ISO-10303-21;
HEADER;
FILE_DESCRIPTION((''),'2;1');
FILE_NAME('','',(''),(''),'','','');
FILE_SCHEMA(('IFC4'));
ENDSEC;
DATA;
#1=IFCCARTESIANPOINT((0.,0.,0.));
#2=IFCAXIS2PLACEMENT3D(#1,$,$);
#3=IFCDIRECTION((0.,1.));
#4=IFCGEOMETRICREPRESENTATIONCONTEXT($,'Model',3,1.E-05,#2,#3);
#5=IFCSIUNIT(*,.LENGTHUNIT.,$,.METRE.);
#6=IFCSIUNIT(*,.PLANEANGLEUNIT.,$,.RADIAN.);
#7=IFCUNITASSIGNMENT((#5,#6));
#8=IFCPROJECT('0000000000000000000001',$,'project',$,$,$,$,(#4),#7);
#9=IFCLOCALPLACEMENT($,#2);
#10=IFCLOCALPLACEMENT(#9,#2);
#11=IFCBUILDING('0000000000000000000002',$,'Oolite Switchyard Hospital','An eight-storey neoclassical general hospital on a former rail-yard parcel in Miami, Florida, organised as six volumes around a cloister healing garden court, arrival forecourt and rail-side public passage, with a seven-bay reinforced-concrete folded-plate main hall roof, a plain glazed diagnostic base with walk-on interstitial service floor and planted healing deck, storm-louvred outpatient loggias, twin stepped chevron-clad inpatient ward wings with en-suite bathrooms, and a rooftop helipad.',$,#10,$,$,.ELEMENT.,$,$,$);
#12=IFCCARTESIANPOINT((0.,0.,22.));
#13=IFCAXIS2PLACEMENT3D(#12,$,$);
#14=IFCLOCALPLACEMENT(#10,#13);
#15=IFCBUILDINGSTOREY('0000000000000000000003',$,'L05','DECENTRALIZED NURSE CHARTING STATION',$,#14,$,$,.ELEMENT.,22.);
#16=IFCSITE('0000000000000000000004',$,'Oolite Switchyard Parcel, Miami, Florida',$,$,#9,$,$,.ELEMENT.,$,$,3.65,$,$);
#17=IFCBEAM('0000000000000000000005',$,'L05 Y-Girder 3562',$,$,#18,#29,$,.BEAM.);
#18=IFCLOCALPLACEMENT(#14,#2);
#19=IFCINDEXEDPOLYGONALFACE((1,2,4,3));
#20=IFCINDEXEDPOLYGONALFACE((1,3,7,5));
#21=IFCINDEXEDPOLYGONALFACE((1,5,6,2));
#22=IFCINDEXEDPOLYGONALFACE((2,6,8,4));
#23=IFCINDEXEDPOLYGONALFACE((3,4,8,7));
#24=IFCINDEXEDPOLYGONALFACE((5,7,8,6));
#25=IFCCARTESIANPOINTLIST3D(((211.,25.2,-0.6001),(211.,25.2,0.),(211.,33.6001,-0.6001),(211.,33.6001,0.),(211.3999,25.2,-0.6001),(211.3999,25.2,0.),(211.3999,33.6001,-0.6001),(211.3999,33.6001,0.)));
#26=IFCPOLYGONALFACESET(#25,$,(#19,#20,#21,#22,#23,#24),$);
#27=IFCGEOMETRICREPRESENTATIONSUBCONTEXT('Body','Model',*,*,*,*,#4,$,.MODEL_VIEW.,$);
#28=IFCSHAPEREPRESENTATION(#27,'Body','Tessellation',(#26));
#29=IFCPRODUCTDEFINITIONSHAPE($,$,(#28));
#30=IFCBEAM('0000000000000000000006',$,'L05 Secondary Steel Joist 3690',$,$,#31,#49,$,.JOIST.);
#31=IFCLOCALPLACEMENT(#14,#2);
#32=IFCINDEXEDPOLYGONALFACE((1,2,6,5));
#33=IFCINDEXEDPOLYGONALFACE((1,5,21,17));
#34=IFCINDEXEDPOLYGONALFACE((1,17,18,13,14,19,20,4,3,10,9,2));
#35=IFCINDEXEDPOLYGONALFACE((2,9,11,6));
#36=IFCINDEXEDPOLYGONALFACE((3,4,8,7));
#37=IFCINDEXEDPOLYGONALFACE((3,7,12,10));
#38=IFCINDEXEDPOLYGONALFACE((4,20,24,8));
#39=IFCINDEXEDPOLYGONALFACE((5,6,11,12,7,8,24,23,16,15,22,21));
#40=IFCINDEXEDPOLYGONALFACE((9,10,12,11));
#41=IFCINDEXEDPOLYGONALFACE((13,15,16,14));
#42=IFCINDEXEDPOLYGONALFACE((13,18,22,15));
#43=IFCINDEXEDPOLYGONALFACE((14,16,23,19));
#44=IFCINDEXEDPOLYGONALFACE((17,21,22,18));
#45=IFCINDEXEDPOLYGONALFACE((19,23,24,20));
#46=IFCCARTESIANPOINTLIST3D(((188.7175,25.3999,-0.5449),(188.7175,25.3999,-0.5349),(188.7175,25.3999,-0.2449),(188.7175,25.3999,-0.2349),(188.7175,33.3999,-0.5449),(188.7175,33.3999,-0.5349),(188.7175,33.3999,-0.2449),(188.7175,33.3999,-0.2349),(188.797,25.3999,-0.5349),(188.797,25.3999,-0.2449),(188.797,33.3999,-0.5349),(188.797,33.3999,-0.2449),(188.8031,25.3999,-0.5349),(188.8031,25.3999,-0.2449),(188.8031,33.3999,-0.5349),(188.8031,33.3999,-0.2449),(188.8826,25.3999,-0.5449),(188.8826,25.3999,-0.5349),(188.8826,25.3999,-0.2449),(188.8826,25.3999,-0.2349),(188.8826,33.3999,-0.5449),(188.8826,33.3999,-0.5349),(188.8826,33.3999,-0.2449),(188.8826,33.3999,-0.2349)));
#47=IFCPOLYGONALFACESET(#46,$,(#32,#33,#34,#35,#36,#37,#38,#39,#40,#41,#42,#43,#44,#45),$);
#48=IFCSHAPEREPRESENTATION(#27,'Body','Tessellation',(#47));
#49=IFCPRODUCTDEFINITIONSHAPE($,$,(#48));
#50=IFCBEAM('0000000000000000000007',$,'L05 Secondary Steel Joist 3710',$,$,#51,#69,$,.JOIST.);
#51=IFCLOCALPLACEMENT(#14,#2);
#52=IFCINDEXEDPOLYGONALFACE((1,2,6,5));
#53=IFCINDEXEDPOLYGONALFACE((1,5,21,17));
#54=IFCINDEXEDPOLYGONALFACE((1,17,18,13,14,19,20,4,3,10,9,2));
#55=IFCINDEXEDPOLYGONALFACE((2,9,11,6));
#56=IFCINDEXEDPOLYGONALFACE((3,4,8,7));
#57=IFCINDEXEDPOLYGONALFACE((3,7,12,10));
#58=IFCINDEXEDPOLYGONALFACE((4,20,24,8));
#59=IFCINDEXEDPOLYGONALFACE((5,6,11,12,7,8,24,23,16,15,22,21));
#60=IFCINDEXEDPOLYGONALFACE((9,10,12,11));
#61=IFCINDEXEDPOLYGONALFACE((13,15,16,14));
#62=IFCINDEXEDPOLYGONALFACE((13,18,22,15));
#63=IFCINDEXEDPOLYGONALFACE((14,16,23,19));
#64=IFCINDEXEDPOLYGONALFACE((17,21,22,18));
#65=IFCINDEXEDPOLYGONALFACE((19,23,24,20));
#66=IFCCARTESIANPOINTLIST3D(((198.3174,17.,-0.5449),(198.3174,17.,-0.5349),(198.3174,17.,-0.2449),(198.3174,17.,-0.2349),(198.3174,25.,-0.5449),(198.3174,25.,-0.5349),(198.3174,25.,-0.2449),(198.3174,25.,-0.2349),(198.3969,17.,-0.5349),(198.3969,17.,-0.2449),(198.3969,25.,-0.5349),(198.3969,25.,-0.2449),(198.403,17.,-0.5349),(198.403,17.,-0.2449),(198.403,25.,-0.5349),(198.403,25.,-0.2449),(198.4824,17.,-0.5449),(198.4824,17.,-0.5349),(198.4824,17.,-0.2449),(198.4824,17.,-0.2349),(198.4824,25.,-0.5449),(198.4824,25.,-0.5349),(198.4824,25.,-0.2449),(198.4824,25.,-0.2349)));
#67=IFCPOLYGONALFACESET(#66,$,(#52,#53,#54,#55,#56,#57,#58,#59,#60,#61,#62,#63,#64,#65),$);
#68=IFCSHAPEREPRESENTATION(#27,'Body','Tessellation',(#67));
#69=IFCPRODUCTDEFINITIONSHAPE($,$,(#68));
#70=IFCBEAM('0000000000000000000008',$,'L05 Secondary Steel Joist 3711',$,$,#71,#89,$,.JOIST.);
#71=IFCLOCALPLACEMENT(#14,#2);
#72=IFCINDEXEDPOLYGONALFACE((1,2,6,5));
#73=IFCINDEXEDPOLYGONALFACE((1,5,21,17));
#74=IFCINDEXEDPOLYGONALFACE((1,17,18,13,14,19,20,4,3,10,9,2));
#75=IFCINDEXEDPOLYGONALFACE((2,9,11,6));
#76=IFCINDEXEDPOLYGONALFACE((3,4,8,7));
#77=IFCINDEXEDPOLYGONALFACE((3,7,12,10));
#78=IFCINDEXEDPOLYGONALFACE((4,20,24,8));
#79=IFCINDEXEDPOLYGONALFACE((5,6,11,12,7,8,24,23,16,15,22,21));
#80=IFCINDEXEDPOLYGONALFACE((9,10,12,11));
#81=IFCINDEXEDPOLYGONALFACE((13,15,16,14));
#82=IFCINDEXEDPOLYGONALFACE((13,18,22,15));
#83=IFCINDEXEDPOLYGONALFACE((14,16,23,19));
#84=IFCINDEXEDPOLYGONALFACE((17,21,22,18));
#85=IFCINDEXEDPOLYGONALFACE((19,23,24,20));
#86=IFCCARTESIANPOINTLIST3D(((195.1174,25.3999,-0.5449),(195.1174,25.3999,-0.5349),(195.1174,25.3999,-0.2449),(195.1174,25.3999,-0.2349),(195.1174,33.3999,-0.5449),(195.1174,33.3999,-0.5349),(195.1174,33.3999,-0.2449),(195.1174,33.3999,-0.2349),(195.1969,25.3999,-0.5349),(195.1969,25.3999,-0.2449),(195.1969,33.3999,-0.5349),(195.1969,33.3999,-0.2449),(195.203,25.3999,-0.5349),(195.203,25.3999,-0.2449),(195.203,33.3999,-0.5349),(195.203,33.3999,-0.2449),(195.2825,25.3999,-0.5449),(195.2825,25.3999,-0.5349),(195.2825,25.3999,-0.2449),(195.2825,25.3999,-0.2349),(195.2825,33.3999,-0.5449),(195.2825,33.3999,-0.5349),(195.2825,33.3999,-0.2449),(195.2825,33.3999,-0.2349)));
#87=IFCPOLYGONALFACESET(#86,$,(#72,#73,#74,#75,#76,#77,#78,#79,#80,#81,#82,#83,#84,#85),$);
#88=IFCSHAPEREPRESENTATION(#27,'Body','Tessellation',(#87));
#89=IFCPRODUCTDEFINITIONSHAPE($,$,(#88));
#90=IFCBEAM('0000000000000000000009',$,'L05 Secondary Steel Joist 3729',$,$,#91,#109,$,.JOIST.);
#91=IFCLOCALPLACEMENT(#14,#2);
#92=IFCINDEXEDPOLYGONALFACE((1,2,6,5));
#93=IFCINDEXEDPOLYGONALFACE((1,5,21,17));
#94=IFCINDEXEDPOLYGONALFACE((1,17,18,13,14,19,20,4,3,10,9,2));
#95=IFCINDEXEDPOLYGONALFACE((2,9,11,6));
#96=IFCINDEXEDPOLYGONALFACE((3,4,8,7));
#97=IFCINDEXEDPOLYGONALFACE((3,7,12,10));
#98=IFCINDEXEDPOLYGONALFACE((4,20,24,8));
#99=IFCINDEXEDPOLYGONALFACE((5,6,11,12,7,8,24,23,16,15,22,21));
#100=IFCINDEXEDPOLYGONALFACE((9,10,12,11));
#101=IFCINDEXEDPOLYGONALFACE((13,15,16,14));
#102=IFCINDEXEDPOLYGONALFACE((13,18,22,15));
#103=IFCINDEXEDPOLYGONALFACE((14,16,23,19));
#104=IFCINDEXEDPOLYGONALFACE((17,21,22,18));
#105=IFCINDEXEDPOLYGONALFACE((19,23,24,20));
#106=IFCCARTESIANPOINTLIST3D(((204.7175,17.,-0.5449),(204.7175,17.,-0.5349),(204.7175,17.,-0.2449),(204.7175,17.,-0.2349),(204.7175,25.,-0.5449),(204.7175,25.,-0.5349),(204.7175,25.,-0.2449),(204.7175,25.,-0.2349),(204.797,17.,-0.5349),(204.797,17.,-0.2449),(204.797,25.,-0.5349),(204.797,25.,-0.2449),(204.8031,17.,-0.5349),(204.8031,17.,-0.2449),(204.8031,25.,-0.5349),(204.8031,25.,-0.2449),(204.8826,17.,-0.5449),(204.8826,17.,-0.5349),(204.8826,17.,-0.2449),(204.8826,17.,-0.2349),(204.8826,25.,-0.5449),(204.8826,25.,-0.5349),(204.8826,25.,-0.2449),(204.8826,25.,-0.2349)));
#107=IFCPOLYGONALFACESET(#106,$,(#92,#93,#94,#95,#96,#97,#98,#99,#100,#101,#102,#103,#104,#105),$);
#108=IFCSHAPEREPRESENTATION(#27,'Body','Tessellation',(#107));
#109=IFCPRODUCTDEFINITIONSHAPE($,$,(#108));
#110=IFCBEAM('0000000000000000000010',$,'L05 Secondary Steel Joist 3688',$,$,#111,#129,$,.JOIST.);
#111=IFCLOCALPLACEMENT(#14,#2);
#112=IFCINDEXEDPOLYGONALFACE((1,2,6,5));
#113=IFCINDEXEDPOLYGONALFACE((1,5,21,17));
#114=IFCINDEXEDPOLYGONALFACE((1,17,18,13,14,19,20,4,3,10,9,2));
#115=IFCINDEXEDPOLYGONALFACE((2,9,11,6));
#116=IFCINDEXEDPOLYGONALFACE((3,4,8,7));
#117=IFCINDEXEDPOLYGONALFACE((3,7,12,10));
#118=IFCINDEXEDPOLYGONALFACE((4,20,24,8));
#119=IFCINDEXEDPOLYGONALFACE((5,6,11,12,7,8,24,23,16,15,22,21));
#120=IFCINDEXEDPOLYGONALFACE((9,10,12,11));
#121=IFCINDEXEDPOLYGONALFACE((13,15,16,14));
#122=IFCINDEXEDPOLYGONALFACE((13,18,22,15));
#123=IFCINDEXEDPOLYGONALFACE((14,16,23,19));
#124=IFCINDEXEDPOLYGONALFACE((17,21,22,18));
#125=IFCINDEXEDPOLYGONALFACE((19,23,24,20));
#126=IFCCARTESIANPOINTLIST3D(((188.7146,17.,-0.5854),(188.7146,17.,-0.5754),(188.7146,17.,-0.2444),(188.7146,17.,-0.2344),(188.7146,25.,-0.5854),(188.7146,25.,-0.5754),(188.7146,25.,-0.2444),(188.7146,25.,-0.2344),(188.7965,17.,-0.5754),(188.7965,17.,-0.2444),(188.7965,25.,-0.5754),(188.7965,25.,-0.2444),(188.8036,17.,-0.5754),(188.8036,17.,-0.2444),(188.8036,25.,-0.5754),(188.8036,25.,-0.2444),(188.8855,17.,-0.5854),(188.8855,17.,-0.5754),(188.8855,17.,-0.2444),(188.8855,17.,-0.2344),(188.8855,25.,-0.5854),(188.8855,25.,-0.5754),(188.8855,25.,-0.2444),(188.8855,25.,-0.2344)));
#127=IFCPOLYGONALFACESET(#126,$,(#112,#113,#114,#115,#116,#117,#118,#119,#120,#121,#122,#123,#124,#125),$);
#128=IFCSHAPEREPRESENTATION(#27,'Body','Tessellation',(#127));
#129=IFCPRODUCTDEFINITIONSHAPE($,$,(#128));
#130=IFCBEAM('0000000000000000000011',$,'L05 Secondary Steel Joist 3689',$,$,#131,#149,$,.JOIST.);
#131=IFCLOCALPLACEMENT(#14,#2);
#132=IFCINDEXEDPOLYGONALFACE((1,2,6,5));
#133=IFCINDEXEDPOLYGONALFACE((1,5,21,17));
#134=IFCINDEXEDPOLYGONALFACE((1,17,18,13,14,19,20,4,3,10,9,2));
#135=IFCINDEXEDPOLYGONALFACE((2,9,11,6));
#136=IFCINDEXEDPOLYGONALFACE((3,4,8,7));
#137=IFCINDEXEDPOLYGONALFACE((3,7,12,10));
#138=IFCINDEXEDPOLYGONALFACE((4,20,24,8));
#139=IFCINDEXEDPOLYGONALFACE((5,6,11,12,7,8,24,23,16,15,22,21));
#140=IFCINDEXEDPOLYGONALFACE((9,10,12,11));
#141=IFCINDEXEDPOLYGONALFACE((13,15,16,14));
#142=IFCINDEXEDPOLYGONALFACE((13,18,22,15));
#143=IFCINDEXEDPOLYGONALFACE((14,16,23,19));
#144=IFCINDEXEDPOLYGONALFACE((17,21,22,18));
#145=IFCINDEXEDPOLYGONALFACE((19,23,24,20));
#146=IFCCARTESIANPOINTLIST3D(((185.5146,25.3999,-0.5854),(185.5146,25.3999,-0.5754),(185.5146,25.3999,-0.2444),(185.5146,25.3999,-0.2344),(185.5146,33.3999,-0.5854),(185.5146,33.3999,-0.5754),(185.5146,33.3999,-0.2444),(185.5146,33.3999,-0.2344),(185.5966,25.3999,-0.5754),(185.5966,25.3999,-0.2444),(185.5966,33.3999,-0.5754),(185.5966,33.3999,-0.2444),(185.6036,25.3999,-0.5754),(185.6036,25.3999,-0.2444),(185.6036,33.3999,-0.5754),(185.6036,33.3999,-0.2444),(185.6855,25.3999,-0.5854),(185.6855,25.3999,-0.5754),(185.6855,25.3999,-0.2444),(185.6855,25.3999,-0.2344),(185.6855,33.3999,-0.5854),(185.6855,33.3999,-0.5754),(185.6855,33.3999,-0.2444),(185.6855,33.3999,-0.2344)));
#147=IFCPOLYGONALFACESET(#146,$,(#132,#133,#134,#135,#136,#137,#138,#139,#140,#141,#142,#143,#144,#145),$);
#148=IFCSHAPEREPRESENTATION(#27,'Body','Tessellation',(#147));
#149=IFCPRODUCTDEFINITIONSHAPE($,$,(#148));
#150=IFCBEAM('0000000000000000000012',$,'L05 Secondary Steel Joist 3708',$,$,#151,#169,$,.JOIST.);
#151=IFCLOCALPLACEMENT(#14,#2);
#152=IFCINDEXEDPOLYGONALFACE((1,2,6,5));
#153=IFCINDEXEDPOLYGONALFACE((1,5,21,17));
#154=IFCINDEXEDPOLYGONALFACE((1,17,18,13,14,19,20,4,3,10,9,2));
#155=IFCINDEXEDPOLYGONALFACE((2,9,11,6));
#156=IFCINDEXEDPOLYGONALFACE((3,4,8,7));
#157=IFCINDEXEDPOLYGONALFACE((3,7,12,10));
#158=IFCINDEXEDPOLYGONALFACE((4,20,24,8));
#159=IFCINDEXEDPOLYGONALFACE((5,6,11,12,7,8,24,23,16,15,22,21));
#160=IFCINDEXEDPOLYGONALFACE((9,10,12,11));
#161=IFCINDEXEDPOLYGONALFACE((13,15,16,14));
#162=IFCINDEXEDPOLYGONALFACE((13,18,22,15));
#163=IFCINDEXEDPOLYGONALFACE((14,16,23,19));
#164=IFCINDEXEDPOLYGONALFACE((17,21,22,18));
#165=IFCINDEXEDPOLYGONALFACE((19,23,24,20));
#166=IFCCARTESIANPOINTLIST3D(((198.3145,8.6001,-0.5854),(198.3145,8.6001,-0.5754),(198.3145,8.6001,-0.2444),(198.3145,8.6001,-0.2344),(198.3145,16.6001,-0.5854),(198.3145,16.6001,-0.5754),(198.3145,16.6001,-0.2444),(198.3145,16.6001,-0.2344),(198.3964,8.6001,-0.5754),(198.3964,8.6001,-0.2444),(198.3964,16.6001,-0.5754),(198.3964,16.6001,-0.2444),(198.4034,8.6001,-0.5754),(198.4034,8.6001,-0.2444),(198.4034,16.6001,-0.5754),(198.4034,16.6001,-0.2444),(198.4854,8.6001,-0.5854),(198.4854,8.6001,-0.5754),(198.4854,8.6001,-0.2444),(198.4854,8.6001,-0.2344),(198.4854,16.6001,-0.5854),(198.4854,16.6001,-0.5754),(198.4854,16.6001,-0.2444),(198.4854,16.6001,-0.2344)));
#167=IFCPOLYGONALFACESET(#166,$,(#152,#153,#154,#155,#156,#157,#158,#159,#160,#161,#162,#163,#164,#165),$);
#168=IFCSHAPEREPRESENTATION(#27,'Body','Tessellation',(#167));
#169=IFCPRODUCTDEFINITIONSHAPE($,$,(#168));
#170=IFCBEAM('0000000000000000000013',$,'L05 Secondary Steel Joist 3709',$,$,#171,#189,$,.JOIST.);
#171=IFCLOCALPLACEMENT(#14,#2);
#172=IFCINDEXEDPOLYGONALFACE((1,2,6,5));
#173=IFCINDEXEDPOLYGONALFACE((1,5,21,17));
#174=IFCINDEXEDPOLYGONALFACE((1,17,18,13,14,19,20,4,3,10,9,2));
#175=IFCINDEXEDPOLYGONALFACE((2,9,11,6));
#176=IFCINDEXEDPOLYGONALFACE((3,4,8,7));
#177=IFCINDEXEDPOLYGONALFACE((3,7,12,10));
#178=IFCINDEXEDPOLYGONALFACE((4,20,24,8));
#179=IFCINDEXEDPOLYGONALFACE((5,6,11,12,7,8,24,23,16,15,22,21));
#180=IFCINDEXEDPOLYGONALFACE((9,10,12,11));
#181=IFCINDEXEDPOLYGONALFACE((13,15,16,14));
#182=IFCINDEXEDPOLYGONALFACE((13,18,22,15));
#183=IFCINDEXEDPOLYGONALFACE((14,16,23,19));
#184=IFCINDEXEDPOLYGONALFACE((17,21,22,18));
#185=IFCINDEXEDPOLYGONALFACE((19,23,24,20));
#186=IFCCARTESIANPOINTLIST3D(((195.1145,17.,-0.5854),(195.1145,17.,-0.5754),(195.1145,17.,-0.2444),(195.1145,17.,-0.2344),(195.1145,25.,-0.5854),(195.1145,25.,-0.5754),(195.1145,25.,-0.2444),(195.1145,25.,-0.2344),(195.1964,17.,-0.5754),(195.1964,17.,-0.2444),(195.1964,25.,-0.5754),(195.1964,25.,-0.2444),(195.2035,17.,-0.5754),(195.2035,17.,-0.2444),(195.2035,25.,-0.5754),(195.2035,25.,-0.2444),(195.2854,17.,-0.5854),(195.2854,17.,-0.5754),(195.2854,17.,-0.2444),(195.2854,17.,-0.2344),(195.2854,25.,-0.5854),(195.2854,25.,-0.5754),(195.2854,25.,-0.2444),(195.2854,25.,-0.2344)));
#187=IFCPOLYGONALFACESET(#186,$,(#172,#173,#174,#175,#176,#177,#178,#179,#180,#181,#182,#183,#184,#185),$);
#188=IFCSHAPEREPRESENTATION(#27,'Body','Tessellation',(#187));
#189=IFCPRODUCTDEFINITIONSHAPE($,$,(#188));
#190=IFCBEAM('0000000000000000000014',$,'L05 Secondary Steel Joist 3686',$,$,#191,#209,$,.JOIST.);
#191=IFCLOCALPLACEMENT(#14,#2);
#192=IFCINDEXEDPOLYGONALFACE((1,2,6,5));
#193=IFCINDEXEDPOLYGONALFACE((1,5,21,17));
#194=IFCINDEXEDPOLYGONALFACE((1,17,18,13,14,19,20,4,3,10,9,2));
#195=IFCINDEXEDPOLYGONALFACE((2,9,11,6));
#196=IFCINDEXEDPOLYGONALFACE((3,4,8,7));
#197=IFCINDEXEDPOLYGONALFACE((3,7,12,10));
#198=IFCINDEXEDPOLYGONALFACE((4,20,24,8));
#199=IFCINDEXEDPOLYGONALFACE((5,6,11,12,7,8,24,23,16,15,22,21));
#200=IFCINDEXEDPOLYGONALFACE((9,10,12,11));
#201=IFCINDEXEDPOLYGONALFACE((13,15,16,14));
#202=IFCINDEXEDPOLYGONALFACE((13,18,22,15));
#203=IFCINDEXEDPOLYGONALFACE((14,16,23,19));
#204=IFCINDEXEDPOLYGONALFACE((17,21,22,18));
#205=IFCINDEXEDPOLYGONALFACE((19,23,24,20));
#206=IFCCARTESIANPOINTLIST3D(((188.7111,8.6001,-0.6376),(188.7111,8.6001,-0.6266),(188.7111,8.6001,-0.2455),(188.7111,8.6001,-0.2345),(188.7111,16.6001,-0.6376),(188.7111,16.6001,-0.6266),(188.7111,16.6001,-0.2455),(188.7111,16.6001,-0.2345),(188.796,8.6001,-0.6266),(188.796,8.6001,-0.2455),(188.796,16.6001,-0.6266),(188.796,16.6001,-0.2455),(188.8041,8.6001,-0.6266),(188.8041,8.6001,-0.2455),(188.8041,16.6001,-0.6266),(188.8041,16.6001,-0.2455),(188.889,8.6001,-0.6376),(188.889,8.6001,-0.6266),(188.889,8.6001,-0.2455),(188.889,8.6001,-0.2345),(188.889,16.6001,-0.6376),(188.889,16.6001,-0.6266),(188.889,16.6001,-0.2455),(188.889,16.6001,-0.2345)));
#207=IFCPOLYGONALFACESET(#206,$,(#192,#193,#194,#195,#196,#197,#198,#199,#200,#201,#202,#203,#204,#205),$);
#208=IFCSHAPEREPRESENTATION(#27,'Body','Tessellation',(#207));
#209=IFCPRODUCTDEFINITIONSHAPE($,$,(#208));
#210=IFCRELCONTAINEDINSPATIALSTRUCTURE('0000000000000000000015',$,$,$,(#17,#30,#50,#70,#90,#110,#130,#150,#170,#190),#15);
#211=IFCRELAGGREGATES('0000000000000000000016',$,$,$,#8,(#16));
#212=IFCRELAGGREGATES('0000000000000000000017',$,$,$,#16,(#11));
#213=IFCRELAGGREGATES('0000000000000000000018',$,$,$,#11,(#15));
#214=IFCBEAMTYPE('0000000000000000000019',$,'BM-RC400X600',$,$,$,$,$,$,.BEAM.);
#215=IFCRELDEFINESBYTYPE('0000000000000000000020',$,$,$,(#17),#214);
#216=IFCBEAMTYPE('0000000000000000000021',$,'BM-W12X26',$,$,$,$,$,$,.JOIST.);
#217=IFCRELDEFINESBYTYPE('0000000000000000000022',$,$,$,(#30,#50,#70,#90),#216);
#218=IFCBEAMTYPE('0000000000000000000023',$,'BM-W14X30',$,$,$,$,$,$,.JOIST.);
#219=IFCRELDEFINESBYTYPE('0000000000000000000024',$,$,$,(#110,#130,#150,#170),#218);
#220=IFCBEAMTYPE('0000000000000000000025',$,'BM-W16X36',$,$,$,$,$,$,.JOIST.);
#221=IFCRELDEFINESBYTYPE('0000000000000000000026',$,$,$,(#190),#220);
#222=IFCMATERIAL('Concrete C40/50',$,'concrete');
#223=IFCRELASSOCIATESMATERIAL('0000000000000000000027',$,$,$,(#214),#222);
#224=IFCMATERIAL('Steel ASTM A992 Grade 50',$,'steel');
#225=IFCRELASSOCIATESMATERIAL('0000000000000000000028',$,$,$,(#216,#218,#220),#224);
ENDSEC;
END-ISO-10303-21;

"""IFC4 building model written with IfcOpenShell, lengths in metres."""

from ifc_helpers import new_model, si_unit, direction, frame, origin, origin_2d, place, context, subcontext, project, spatial, rectangle, i_section, extrude, material, material_profile, profile_set, type_object, element, save


model = new_model("IFC4")

# Units and contexts
model_context = context("Model", 3, precision=1e-05, world=origin(), true_north=direction((0.0, 1.0)))
body_context = subcontext(model_context, "Body", "Model", "MODEL_VIEW")
ifc_project = project(units=[si_unit("LENGTHUNIT", "METRE"), si_unit("PLANEANGLEUNIT", "RADIAN")], contexts=[model_context])

# Site, building, storey
site_placement = place(None, origin())
site = spatial("IfcSite", under=ifc_project, at=site_placement, Name="Oolite Switchyard Parcel, Miami, Florida", CompositionType="ELEMENT", RefElevation=3.65)
building_placement = place(site_placement, origin())
building = spatial("IfcBuilding", under=site, at=building_placement, Name="Oolite Switchyard Hospital", Description="An eight-storey neoclassical general hospital on a former rail-yard parcel in Miami, Florida, organised as six volumes around a cloister healing garden court, arrival forecourt and rail-side public passage, with a seven-bay reinforced-concrete folded-plate main hall roof, a plain glazed diagnostic base with walk-on interstitial service floor and planted healing deck, storm-louvred outpatient loggias, twin stepped chevron-clad inpatient ward wings with en-suite bathrooms, and a rooftop helipad.", CompositionType="ELEMENT")
storey_placement = place(building_placement, frame((0.0, 0.0, 22.0)))
storey = spatial("IfcBuildingStorey", under=building, at=storey_placement, Name="L05", Description="DECENTRALIZED NURSE CHARTING STATION", CompositionType="ELEMENT", Elevation=22.0)

# Beams
ifc_material_1 = material(Name="Concrete C40/50", Category="concrete")
ifc_material_profile_1 = material_profile(ifc_material_1, rectangle(XDim=0.3999, YDim=0.6001, at=origin_2d()), Name="RCB400X600")
ifc_profile_set_1 = profile_set([ifc_material_profile_1], Name="Concrete C40/50")
beam_type_1 = type_object("IfcBeamType", Name="BM-RC400X600", PredefinedType="BEAM", material=ifc_profile_set_1)
beam_1_placement = place(storey_placement, frame((211.2, 25.2, -0.3), z_axis=(0.0, 1.0, 0.0), x_axis=(-1.0, 0.0, 0.0)))
element("IfcBeam", 1, at=beam_1_placement, inside=storey, type_object=beam_type_1, Name="L05 Y-Girder 3562", PredefinedType="BEAM", context=body_context, shape_type="SweptSolid", body=[
    extrude(rectangle(XDim=0.3999, YDim=0.6001, at=origin_2d()), origin(), (0.0, 0.0, 1.0), 8.4001),
])
ifc_material_2 = material(Name="Steel ASTM A992 Grade 50", Category="steel")
ifc_material_profile_2 = material_profile(ifc_material_2, i_section(OverallWidth=0.165, OverallDepth=0.3101, WebThickness=0.0061, FlangeThickness=0.01, at=origin_2d()), Name="W12X26")
ifc_profile_set_2 = profile_set([ifc_material_profile_2], Name="Steel ASTM A992 Grade 50")
beam_type_2 = type_object("IfcBeamType", Name="BM-W12X26", PredefinedType="JOIST", material=ifc_profile_set_2)
for number, where, z_axis, x_axis, name in (
    (2, (188.8, 25.3999, -0.3899), (0.0, 1.0, 0.0), (-1.0, 0.0, 0.0), "L05 Secondary Steel Joist 3690"),
    (3, (198.3999, 17.0, -0.3899), (0.0, 1.0, 0.0), (-1.0, 0.0, 0.0), "L05 Secondary Steel Joist 3710"),
    (4, (195.2, 25.3999, -0.3899), (0.0, 1.0, 0.0), (-1.0, 0.0, 0.0), "L05 Secondary Steel Joist 3711"),
    (5, (204.8, 17.0, -0.3899), (0.0, 1.0, 0.0), (-1.0, 0.0, 0.0), "L05 Secondary Steel Joist 3729"),
):
    element("IfcBeam", number, at=place(storey_placement, frame(where, z_axis=z_axis, x_axis=x_axis)), inside=storey, type_object=beam_type_2, Name=name, PredefinedType="JOIST", context=body_context, shape_type="SweptSolid", body=[
        extrude(i_section(OverallWidth=0.165, OverallDepth=0.3101, WebThickness=0.0061, FlangeThickness=0.01, at=origin_2d()), origin(), (0.0, 0.0, 1.0), 8.0),
    ])
ifc_material_profile_3 = material_profile(ifc_material_2, i_section(OverallWidth=0.1709, OverallDepth=0.3511, WebThickness=0.0071, FlangeThickness=0.01, at=origin_2d()), Name="W14X30")
ifc_profile_set_3 = profile_set([ifc_material_profile_3], Name="Steel ASTM A992 Grade 50")
beam_type_3 = type_object("IfcBeamType", Name="BM-W14X30", PredefinedType="JOIST", material=ifc_profile_set_3)
for number, where, z_axis, x_axis, name in (
    (6, (188.8, 17.0, -0.4099), (0.0, 1.0, 0.0), (-1.0, 0.0, 0.0), "L05 Secondary Steel Joist 3688"),
    (7, (185.6001, 25.3999, -0.4099), (0.0, 1.0, 0.0), (-1.0, 0.0, 0.0), "L05 Secondary Steel Joist 3689"),
    (8, (198.3999, 8.6001, -0.4099), (0.0, 1.0, 0.0), (-1.0, 0.0, 0.0), "L05 Secondary Steel Joist 3708"),
    (9, (195.2, 17.0, -0.4099), (0.0, 1.0, 0.0), (-1.0, 0.0, 0.0), "L05 Secondary Steel Joist 3709"),
):
    element("IfcBeam", number, at=place(storey_placement, frame(where, z_axis=z_axis, x_axis=x_axis)), inside=storey, type_object=beam_type_3, Name=name, PredefinedType="JOIST", context=body_context, shape_type="SweptSolid", body=[
        extrude(i_section(OverallWidth=0.1709, OverallDepth=0.3511, WebThickness=0.0071, FlangeThickness=0.01, at=origin_2d()), origin(), (0.0, 0.0, 1.0), 8.0),
    ])
ifc_material_profile_4 = material_profile(ifc_material_2, i_section(OverallWidth=0.178, OverallDepth=0.4031, WebThickness=0.0081, FlangeThickness=0.011, at=origin_2d()), Name="W16X36")
ifc_profile_set_4 = profile_set([ifc_material_profile_4], Name="Steel ASTM A992 Grade 50")
beam_type_4 = type_object("IfcBeamType", Name="BM-W16X36", PredefinedType="JOIST", material=ifc_profile_set_4)
for number, where, z_axis, x_axis, name in (
    (10, (188.8, 8.6001, -0.436), (0.0, 1.0, 0.0), (-1.0, 0.0, 0.0), "L05 Secondary Steel Joist 3686"),
):
    element("IfcBeam", number, at=place(storey_placement, frame(where, z_axis=z_axis, x_axis=x_axis)), inside=storey, type_object=beam_type_4, Name=name, PredefinedType="JOIST", context=body_context, shape_type="SweptSolid", body=[
        extrude(i_section(OverallWidth=0.178, OverallDepth=0.4031, WebThickness=0.0081, FlangeThickness=0.011, at=origin_2d()), origin(), (0.0, 0.0, 1.0), 8.0),
    ])

save(model, "model.ifc")
